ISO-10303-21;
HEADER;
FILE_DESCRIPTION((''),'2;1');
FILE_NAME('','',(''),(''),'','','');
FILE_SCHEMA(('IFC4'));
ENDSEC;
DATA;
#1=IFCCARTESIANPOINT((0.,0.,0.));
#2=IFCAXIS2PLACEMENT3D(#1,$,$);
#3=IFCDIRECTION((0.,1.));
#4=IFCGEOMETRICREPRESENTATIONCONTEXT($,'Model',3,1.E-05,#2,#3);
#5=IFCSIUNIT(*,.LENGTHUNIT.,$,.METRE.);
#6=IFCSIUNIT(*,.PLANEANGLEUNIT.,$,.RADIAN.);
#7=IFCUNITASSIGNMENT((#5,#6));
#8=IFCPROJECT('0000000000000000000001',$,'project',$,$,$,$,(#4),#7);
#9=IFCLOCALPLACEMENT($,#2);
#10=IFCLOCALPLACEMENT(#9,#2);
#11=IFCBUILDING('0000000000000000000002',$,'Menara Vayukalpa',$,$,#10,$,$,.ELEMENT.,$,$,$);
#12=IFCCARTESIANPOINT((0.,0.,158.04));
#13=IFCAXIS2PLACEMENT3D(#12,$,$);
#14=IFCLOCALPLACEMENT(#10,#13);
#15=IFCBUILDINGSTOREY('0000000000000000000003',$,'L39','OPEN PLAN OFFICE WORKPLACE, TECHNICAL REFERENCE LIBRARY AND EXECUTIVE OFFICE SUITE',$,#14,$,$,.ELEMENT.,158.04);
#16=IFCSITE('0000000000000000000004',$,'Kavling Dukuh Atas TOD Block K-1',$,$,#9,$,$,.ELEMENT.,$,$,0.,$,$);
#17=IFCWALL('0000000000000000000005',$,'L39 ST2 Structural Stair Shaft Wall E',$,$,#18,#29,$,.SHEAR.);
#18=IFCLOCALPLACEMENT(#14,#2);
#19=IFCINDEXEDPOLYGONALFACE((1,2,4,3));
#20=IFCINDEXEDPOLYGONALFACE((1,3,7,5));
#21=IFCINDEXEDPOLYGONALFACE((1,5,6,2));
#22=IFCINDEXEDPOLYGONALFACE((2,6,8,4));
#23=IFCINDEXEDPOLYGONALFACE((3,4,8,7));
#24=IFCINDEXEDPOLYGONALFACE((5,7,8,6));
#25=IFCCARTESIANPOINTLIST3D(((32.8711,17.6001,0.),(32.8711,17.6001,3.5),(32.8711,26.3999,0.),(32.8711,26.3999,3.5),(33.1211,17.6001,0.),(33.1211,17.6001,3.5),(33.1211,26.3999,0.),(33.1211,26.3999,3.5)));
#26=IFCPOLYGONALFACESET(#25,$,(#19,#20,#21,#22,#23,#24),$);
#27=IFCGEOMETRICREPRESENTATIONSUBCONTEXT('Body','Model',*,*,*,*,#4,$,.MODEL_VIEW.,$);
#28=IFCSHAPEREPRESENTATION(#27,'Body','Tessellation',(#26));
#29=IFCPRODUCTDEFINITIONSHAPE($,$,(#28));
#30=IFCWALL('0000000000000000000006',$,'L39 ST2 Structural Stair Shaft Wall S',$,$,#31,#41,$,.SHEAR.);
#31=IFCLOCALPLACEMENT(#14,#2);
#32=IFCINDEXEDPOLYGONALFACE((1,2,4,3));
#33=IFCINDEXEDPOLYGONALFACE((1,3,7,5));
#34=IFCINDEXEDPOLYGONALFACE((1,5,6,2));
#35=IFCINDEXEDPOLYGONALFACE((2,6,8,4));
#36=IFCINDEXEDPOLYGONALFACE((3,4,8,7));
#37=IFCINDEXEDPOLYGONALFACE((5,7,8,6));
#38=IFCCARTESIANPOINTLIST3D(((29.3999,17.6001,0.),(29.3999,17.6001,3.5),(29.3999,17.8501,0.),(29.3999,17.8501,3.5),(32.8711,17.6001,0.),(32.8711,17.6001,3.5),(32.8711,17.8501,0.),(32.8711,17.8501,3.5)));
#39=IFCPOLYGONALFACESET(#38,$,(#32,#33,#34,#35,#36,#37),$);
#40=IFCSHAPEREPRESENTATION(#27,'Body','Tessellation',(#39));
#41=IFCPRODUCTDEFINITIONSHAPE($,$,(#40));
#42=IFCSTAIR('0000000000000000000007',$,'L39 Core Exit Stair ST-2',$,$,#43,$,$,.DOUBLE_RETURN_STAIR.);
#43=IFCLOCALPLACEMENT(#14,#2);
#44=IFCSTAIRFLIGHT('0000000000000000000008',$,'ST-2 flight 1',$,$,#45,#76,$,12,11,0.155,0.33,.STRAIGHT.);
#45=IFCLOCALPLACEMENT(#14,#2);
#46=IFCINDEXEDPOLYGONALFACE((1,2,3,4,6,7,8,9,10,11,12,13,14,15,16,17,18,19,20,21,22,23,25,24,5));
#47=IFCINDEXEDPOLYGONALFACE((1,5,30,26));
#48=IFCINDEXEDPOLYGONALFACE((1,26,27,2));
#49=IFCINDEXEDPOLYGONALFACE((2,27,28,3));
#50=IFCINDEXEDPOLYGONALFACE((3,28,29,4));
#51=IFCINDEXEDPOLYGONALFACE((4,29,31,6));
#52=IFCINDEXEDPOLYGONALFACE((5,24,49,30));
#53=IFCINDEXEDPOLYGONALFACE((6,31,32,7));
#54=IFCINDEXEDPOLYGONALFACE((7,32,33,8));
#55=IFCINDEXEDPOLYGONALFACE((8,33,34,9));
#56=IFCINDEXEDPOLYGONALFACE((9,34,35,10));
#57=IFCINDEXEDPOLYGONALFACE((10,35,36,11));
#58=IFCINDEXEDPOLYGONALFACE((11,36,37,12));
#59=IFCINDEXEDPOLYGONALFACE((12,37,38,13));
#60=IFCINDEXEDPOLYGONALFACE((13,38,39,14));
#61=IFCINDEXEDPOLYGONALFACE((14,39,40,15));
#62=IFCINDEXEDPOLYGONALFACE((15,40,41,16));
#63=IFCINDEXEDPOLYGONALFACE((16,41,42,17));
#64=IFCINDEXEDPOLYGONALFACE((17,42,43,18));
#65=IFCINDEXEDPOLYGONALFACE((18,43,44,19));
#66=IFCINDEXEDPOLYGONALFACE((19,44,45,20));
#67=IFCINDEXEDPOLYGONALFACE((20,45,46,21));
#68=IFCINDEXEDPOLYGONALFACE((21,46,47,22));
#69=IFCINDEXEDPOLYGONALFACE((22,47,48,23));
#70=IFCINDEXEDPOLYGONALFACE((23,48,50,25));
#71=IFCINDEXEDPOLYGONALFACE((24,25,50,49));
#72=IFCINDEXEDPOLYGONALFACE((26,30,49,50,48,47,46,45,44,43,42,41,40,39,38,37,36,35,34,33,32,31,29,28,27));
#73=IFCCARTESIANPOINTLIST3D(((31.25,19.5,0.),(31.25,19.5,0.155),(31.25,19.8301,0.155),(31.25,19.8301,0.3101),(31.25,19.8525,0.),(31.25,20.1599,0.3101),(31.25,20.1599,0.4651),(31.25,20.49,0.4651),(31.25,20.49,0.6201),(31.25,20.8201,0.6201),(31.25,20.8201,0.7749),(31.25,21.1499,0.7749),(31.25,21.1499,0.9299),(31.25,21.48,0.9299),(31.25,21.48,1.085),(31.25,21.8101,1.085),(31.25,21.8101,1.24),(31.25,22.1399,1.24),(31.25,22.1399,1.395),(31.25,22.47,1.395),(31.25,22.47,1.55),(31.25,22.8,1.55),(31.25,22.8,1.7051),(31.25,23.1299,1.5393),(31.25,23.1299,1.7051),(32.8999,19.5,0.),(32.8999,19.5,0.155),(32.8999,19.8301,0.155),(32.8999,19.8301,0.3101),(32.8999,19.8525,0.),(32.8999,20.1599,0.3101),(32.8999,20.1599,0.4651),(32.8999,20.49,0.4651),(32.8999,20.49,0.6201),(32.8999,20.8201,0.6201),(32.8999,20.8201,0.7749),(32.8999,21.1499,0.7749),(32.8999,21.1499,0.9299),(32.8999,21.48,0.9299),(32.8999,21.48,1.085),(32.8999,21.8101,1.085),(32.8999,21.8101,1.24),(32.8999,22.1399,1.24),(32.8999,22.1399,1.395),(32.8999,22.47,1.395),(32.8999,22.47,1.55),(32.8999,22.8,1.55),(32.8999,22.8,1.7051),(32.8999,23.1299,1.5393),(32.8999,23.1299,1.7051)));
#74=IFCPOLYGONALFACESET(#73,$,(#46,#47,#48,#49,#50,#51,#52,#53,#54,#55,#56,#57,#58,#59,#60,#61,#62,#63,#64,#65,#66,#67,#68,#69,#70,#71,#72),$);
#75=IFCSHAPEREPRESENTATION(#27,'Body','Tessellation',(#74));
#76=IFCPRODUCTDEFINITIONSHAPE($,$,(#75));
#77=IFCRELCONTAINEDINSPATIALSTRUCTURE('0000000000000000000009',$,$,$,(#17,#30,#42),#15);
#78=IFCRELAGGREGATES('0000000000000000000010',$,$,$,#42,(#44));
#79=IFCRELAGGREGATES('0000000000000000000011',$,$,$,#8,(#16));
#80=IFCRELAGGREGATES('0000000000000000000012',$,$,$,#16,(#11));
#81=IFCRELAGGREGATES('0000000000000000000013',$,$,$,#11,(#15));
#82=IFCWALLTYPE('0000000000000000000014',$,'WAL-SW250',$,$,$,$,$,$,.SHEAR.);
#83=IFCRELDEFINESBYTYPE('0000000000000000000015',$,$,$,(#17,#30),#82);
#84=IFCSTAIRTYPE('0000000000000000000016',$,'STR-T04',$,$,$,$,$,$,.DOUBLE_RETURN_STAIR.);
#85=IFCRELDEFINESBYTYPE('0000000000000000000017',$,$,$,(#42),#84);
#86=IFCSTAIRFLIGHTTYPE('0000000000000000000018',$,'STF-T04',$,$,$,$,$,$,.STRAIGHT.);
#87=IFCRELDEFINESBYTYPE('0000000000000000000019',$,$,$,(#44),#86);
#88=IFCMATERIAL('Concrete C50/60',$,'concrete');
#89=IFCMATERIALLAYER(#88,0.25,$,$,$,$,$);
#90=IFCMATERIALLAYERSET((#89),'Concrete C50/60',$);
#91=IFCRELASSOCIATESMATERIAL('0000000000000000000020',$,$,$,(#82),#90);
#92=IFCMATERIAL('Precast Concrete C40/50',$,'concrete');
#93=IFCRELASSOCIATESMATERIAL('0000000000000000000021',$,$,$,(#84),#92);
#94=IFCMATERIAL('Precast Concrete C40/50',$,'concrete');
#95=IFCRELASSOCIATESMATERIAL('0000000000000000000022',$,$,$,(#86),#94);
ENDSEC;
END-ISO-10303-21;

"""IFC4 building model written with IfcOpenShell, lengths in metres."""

from ifc_helpers import new_model, si_unit, direction, frame, frame_2d, origin, place, context, subcontext, project, spatial, polyline, rectangle, outline, extrude, material, layer, layer_set, type_object, element, aggregate, save


model = new_model("IFC4")

# Units and contexts
model_context = context("Model", 3, precision=1e-05, world=origin(), true_north=direction((0.0, 1.0)))
body_context = subcontext(model_context, "Body", "Model", "MODEL_VIEW")
ifc_project = project(units=[si_unit("LENGTHUNIT", "METRE"), si_unit("PLANEANGLEUNIT", "RADIAN")], contexts=[model_context])

# Site, building, storey
site_placement = place(None, origin())
site = spatial("IfcSite", under=ifc_project, at=site_placement, Name="Kavling Dukuh Atas TOD Block K-1", CompositionType="ELEMENT", RefElevation=0.0)
building_placement = place(site_placement, origin())
building = spatial("IfcBuilding", under=site, at=building_placement, Name="Menara Vayukalpa", CompositionType="ELEMENT")
storey_placement = place(building_placement, frame((0.0, 0.0, 158.04)))
storey = spatial("IfcBuildingStorey", under=building, at=storey_placement, Name="L39", Description="OPEN PLAN OFFICE WORKPLACE, TECHNICAL REFERENCE LIBRARY AND EXECUTIVE OFFICE SUITE", CompositionType="ELEMENT", Elevation=158.04)

# Shared definitions
ifc_material_1 = material(Name="Concrete C50/60", Category="concrete")
ifc_layer_1 = layer(ifc_material_1, 0.25)
ifc_layer_set_1 = layer_set([ifc_layer_1], Name="Concrete C50/60")
wall_type_1 = type_object("IfcWallType", Name="WAL-SW250", PredefinedType="SHEAR", material=ifc_layer_set_1)

# Walls
wall_1_placement = place(storey_placement, frame((32.9961, 17.6001, 0.0), z_axis=(0.0, 0.0, 1.0), x_axis=(0.0, 1.0, 0.0)))
element("IfcWall", 1, at=wall_1_placement, inside=storey, type_object=wall_type_1, Name="L39 ST2 Structural Stair Shaft Wall E", PredefinedType="SHEAR", context=body_context, shape_type="SweptSolid", body=[
    extrude(rectangle(XDim=8.7998, YDim=0.25, at=frame_2d((4.3999, 0.0))), origin(), (0.0, 0.0, 1.0), 3.5),
])
wall_2_placement = place(storey_placement, frame((29.3999, 17.7251, 0.0), z_axis=(0.0, 0.0, 1.0), x_axis=(1.0, 0.0, 0.0)))
element("IfcWall", 2, at=wall_2_placement, inside=storey, type_object=wall_type_1, Name="L39 ST2 Structural Stair Shaft Wall S", PredefinedType="SHEAR", context=body_context, shape_type="SweptSolid", body=[
    extrude(rectangle(XDim=3.4712, YDim=0.25, at=frame_2d((1.7356, 0.0))), origin(), (0.0, 0.0, 1.0), 3.5),
])

# Stair, stair flight
ifc_material_2 = material(Name="Precast Concrete C40/50", Category="concrete")
stair_type = type_object("IfcStairType", Name="STR-T04", PredefinedType="DOUBLE_RETURN_STAIR", material=ifc_material_2)
stair_placement = place(storey_placement, origin())
stair = element("IfcStair", 3, at=stair_placement, inside=storey, type_object=stair_type, Name="L39 Core Exit Stair ST-2", PredefinedType="DOUBLE_RETURN_STAIR")
ifc_material_3 = material(Name="Precast Concrete C40/50", Category="concrete")
stair_flight_type = type_object("IfcStairFlightType", Name="STF-T04", PredefinedType="STRAIGHT", material=ifc_material_3)
stair_flight_placement = place(storey_placement, frame((32.075, 19.5, 0.0), z_axis=(0.0, 0.0, 1.0), x_axis=(0.0, 1.0, 0.0)))
stair_flight = element("IfcStairFlight", 4, at=stair_flight_placement, type_object=stair_flight_type, Name="ST-2 flight 1", NumberOfRisers=12, NumberOfTreads=11, PredefinedType="STRAIGHT", RiserHeight=0.155, TreadLength=0.33, context=body_context, shape_type="SweptSolid", body=[
    extrude(outline(polyline([(0.0, 0.0), (0.0, 0.155), (0.3301, 0.155), (0.3301, 0.3101), (0.6599, 0.3101), (0.6599, 0.4651), (0.99, 0.4651), (0.99, 0.6201), (1.3201, 0.6201), (1.3201, 0.7749), (1.6499, 0.7749), (1.6499, 0.9299), (1.98, 0.9299), (1.98, 1.085), (2.3101, 1.085), (2.3101, 1.24), (2.6399, 1.24), (2.6399, 1.395), (2.97, 1.395), (2.97, 1.55), (3.3, 1.55), (3.3, 1.7051), (3.6299, 1.7051), (3.6299, 1.8601), (3.6299, 1.5393), (0.3525, 0.0), (0.0, 0.0)])), frame((0.0, 0.825, 0.0), z_axis=(0.0, -1.0, 0.0), x_axis=(1.0, 0.0, 0.0)), (0.0, 0.0, 1.0), 1.6499),
])
aggregate(stair, [stair_flight])

save(model, "model.ifc")
